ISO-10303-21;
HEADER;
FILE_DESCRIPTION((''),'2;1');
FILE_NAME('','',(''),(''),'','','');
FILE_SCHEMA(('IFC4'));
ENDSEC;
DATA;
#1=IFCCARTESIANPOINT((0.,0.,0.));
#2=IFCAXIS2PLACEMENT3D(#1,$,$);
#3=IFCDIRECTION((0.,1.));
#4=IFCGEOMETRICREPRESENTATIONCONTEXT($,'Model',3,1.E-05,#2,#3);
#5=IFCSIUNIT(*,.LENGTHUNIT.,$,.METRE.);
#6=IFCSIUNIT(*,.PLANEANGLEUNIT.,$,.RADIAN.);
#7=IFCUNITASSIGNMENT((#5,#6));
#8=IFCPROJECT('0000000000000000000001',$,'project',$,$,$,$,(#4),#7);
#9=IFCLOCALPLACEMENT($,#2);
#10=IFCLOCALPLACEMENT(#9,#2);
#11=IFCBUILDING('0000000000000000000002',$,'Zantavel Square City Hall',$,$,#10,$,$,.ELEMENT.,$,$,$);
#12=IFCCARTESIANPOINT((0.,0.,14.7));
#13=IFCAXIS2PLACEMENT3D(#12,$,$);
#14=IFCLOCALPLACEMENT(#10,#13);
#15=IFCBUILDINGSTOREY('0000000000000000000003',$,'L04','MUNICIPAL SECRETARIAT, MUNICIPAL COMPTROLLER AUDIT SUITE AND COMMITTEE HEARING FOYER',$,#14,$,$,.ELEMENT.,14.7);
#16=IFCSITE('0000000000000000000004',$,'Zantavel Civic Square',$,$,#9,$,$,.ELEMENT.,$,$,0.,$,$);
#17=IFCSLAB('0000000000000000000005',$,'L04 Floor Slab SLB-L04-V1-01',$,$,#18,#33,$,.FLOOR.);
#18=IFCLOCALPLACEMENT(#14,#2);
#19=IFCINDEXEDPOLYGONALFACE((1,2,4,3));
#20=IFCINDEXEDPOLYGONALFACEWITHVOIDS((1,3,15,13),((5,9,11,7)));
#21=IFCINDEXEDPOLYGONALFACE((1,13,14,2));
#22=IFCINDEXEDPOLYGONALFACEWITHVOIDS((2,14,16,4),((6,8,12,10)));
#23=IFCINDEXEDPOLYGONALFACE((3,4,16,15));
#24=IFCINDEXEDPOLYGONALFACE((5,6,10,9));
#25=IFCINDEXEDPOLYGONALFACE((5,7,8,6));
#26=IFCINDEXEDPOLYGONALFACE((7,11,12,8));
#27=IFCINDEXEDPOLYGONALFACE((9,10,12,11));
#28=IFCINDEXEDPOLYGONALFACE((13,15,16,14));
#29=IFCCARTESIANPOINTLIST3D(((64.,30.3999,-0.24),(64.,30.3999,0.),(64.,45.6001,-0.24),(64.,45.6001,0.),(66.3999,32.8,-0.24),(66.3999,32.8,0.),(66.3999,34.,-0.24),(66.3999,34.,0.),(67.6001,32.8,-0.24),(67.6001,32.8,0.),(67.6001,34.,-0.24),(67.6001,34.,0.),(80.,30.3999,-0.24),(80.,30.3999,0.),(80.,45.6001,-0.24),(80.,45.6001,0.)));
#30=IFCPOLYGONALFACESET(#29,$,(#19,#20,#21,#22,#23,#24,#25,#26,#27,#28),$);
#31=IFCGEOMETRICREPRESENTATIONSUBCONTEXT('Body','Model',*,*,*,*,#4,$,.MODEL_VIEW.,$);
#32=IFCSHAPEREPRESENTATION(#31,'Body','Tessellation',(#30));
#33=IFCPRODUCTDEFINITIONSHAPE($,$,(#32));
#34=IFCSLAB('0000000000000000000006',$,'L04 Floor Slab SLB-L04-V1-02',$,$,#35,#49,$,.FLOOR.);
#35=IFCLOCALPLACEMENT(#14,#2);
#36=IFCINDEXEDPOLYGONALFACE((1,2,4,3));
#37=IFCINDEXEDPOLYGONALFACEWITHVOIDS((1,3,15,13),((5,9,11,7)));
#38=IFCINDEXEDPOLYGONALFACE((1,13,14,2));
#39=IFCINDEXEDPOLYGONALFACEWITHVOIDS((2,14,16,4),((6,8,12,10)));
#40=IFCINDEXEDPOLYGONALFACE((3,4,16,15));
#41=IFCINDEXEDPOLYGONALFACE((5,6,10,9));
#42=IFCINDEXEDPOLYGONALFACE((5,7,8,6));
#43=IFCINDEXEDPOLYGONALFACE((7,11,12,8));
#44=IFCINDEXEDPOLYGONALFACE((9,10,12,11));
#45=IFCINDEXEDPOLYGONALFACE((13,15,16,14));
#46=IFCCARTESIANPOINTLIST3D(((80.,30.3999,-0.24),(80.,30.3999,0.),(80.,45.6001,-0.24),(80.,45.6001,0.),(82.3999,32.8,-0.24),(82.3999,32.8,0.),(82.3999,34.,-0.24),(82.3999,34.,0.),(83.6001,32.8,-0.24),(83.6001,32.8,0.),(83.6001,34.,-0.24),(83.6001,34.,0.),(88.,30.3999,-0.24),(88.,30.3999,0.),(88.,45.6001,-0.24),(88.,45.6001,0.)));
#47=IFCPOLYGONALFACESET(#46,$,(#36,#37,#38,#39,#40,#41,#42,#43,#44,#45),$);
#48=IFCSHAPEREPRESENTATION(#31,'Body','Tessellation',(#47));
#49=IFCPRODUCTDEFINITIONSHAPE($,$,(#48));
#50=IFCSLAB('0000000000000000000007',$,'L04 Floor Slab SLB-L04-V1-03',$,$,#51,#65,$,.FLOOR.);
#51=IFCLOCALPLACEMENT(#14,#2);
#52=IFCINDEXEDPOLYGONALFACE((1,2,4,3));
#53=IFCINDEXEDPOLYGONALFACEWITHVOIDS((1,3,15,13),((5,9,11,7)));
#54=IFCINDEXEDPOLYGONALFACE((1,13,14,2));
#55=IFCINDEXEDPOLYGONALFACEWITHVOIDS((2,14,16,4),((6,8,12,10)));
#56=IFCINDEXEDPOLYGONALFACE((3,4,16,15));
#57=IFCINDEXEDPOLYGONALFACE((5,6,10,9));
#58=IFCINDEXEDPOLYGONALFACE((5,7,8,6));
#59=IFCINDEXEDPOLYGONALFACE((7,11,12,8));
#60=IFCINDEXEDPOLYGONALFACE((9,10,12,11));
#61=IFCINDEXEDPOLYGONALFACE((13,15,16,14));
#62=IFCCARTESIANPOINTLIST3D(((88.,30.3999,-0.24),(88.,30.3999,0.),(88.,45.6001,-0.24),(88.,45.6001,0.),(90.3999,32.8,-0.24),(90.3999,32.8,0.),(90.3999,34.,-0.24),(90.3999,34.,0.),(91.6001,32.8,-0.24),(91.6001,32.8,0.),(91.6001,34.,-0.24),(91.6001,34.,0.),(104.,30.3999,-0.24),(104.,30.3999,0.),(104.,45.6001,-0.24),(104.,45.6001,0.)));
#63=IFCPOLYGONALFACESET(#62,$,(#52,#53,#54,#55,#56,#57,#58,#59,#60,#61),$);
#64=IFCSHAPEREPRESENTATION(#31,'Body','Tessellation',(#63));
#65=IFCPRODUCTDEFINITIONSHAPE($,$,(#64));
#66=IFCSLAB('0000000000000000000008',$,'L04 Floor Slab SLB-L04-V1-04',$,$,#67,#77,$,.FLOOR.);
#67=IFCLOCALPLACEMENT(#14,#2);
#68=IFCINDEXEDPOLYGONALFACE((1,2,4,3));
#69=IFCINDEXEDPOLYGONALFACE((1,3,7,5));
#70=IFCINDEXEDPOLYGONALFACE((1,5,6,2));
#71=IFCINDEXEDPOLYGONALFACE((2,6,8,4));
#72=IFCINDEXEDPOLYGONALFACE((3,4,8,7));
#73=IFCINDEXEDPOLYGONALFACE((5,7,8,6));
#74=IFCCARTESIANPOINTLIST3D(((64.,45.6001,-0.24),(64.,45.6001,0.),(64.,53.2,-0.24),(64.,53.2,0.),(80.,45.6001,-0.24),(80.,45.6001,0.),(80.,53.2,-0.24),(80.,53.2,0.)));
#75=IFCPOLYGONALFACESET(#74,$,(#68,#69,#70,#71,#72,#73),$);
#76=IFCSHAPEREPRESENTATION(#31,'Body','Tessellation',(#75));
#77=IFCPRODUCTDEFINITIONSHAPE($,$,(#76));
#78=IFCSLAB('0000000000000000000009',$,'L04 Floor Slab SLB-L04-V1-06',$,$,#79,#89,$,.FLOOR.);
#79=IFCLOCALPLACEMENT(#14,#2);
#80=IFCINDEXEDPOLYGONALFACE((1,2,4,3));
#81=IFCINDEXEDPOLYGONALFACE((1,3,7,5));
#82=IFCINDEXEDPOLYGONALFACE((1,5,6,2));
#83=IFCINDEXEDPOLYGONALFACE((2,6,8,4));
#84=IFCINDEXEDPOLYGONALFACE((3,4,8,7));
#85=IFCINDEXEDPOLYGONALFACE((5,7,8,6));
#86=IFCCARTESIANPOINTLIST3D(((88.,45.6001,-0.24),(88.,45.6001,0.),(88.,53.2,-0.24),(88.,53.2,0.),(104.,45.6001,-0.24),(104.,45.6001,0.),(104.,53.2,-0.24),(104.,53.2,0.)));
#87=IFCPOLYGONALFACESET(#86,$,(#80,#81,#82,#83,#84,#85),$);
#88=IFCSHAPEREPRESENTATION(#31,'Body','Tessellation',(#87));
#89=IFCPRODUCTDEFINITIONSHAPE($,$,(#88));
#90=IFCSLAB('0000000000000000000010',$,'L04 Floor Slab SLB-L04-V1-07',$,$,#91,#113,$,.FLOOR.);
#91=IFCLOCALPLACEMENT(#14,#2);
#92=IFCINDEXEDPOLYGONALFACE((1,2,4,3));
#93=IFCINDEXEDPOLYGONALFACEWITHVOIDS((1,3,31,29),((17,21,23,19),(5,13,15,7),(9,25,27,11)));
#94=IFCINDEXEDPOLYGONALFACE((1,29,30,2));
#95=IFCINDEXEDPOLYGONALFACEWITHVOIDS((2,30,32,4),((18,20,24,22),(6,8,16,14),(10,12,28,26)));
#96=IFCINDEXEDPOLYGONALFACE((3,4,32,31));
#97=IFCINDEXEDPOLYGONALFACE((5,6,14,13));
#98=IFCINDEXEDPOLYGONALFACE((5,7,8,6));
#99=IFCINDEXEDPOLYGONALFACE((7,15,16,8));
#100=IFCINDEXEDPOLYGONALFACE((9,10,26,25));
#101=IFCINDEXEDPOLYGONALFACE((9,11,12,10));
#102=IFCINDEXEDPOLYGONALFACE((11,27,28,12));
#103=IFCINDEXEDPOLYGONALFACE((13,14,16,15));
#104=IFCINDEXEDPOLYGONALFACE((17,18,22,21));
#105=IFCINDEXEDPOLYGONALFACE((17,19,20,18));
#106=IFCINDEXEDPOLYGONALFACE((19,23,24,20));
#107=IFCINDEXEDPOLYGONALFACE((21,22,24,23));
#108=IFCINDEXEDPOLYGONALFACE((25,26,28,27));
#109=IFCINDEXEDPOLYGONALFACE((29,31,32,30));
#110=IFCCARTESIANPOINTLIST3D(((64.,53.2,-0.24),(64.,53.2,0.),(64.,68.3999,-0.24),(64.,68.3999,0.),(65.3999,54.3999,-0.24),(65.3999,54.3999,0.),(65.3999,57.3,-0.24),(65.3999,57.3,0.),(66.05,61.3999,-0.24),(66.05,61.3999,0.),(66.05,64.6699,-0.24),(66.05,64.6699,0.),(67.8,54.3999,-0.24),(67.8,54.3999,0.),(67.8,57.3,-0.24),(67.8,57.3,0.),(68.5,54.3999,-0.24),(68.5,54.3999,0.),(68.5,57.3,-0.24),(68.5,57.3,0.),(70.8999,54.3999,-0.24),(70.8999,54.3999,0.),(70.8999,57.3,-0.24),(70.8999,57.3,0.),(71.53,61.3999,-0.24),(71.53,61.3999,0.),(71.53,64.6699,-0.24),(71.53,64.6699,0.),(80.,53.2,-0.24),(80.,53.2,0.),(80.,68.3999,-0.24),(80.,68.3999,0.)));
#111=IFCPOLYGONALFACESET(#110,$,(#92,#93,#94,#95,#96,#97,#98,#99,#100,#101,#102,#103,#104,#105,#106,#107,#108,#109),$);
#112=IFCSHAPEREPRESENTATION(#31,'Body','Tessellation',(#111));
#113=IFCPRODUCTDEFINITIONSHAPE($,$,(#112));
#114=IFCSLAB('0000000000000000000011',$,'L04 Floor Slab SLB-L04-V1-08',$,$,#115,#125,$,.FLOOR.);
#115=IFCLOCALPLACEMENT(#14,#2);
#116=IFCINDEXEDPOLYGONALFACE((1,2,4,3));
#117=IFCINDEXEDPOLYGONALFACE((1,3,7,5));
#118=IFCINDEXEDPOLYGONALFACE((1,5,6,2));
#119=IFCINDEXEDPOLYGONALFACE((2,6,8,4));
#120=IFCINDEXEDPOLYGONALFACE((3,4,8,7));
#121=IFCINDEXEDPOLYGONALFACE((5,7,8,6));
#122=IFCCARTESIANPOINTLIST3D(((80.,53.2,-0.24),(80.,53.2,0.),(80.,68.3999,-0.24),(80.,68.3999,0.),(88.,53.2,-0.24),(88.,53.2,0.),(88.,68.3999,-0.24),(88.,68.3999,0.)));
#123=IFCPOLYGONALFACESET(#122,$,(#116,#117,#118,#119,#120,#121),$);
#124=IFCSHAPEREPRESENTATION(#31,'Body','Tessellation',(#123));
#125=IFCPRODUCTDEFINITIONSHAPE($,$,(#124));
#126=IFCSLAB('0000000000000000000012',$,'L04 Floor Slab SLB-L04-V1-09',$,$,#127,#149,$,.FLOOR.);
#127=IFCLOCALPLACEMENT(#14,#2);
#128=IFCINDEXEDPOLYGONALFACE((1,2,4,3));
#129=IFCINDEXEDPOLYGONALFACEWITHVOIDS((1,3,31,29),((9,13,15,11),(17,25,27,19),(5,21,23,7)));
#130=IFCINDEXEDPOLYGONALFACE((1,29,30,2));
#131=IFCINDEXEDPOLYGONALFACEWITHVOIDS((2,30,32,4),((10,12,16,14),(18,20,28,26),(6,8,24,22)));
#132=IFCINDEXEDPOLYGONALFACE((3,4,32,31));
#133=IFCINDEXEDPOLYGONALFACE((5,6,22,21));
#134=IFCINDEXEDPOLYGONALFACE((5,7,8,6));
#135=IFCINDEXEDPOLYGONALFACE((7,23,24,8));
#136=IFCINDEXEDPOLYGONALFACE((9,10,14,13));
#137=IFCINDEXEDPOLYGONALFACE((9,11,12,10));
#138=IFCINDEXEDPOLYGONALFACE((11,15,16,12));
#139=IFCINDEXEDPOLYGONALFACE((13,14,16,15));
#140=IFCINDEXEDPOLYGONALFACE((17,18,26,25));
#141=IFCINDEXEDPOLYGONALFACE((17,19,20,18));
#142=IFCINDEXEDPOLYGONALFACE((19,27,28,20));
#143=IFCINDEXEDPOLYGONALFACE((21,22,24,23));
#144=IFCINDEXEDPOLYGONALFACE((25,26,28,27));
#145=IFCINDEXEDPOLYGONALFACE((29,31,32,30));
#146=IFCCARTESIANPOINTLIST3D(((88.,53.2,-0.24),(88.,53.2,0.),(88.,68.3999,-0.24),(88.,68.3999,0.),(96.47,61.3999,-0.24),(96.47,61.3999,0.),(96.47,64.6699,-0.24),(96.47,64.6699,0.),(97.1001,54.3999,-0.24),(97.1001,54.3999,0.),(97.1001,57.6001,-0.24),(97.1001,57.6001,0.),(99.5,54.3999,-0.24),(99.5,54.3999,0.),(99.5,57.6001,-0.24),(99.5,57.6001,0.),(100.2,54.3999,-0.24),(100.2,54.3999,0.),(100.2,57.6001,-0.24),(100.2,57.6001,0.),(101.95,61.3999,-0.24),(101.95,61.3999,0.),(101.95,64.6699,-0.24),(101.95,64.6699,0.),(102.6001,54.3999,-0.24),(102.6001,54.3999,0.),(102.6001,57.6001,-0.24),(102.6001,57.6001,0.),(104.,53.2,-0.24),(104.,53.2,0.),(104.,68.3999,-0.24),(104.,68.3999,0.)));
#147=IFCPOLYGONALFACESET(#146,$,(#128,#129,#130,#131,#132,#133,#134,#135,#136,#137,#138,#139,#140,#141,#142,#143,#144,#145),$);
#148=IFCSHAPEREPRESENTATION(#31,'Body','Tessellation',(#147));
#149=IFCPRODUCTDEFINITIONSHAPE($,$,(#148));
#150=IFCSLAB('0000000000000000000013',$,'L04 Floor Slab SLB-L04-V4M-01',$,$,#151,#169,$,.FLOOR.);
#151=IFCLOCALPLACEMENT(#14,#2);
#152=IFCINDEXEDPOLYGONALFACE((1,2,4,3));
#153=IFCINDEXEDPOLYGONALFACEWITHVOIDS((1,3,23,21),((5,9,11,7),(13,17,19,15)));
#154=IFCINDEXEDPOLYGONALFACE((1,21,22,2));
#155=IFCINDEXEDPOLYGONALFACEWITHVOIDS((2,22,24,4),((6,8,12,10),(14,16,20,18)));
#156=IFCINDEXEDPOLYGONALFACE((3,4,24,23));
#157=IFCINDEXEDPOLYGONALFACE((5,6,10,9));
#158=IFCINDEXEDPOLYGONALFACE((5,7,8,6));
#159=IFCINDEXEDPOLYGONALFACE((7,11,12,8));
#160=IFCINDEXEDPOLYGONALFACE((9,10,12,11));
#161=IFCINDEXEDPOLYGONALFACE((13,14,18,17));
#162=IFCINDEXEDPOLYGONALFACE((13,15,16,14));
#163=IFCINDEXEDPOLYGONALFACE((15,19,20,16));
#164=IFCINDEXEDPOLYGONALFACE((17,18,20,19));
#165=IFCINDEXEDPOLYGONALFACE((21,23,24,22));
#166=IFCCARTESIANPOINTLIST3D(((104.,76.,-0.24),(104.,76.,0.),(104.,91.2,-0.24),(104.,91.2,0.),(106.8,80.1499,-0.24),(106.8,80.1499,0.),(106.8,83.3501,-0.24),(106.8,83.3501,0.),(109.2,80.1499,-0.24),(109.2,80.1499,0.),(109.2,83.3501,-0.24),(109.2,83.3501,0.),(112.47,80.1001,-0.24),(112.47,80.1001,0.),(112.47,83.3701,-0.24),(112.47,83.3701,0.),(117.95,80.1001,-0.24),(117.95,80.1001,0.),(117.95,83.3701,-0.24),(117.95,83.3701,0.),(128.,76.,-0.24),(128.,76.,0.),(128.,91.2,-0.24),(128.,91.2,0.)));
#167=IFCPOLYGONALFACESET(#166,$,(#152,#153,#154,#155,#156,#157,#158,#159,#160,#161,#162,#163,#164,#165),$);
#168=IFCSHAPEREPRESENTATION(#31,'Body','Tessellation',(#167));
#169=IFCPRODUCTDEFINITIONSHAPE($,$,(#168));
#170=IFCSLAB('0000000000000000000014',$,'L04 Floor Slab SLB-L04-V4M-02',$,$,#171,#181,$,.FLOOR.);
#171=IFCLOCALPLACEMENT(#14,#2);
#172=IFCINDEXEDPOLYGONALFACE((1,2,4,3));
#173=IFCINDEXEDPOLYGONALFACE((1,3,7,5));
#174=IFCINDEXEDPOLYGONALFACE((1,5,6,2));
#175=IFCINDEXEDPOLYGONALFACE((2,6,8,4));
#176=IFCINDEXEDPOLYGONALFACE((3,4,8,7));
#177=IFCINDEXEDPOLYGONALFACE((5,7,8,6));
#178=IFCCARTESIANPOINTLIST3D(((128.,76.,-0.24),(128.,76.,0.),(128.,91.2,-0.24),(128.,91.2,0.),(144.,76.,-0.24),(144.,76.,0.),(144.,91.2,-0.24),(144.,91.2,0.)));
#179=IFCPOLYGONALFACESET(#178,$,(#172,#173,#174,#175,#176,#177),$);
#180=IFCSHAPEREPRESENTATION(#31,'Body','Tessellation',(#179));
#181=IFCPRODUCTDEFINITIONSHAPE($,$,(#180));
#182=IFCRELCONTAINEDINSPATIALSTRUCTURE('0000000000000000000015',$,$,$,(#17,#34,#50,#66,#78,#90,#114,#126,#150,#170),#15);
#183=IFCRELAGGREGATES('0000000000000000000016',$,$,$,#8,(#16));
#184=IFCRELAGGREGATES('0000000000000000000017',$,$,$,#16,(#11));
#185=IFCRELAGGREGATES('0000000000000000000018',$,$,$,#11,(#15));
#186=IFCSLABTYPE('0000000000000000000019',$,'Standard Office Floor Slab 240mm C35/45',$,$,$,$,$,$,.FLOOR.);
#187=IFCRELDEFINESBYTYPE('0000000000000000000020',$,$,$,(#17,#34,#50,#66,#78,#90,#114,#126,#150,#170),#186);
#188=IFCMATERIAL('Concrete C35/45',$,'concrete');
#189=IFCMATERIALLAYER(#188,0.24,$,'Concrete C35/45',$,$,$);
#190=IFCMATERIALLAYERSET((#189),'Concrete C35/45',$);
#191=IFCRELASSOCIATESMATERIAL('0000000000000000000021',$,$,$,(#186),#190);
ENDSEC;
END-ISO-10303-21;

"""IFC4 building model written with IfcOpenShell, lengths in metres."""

from ifc_helpers import new_model, si_unit, direction, frame, origin, place, context, subcontext, project, spatial, polyline, outline, extrude, material, layer, layer_set, type_object, element, save


model = new_model("IFC4")

# Units and contexts
model_context = context("Model", 3, precision=1e-05, world=origin(), true_north=direction((0.0, 1.0)))
body_context = subcontext(model_context, "Body", "Model", "MODEL_VIEW")
ifc_project = project(units=[si_unit("LENGTHUNIT", "METRE"), si_unit("PLANEANGLEUNIT", "RADIAN")], contexts=[model_context])

# Site, building, storey
site_placement = place(None, origin())
site = spatial("IfcSite", under=ifc_project, at=site_placement, Name="Zantavel Civic Square", CompositionType="ELEMENT", RefElevation=0.0)
building_placement = place(site_placement, origin())
building = spatial("IfcBuilding", under=site, at=building_placement, Name="Zantavel Square City Hall", CompositionType="ELEMENT")
storey_placement = place(building_placement, frame((0.0, 0.0, 14.7)))
storey = spatial("IfcBuildingStorey", under=building, at=storey_placement, Name="L04", Description="MUNICIPAL SECRETARIAT, MUNICIPAL COMPTROLLER AUDIT SUITE AND COMMITTEE HEARING FOYER", CompositionType="ELEMENT", Elevation=14.7)

# Slabs
ifc_material_1 = material(Name="Concrete C35/45", Category="concrete")
ifc_layer_1 = layer(ifc_material_1, 0.24, Name="Concrete C35/45")
ifc_layer_set_1 = layer_set([ifc_layer_1], Name="Concrete C35/45")
slab_type_1 = type_object("IfcSlabType", Name="Standard Office Floor Slab 240mm C35/45", PredefinedType="FLOOR", material=ifc_layer_set_1)
slab_1_placement = place(storey_placement, frame((0.0, 0.0, -0.24)))
element("IfcSlab", 1, at=slab_1_placement, inside=storey, type_object=slab_type_1, Name="L04 Floor Slab SLB-L04-V1-01", PredefinedType="FLOOR", context=body_context, shape_type="SweptSolid", body=[
    extrude(outline(polyline([(64.0, 45.6001), (80.0, 45.6001), (80.0, 30.3999), (64.0, 30.3999), (64.0, 45.6001)]), holes=[polyline([(67.6001, 34.0), (66.3999, 34.0), (66.3999, 32.8), (67.6001, 32.8), (67.6001, 34.0)])]), origin(), (0.0, 0.0, 1.0), 0.24),
])
slab_2_placement = place(storey_placement, frame((0.0, 0.0, -0.24)))
element("IfcSlab", 2, at=slab_2_placement, inside=storey, type_object=slab_type_1, Name="L04 Floor Slab SLB-L04-V1-02", PredefinedType="FLOOR", context=body_context, shape_type="SweptSolid", body=[
    extrude(outline(polyline([(88.0, 30.3999), (80.0, 30.3999), (80.0, 45.6001), (88.0, 45.6001), (88.0, 30.3999)]), holes=[polyline([(83.6001, 34.0), (82.3999, 34.0), (82.3999, 32.8), (83.6001, 32.8), (83.6001, 34.0)])]), origin(), (0.0, 0.0, 1.0), 0.24),
])
slab_3_placement = place(storey_placement, frame((0.0, 0.0, -0.24)))
element("IfcSlab", 3, at=slab_3_placement, inside=storey, type_object=slab_type_1, Name="L04 Floor Slab SLB-L04-V1-03", PredefinedType="FLOOR", context=body_context, shape_type="SweptSolid", body=[
    extrude(outline(polyline([(104.0, 30.3999), (88.0, 30.3999), (88.0, 45.6001), (104.0, 45.6001), (104.0, 30.3999)]), holes=[polyline([(91.6001, 34.0), (90.3999, 34.0), (90.3999, 32.8), (91.6001, 32.8), (91.6001, 34.0)])]), origin(), (0.0, 0.0, 1.0), 0.24),
])
slab_4_placement = place(storey_placement, frame((0.0, 0.0, -0.24)))
element("IfcSlab", 4, at=slab_4_placement, inside=storey, type_object=slab_type_1, Name="L04 Floor Slab SLB-L04-V1-04", PredefinedType="FLOOR", context=body_context, shape_type="SweptSolid", body=[
    extrude(outline(polyline([(80.0, 53.2), (80.0, 45.6001), (80.0, 45.6001), (64.0, 45.6001), (64.0, 53.2), (80.0, 53.2)])), origin(), (0.0, 0.0, 1.0), 0.24),
])
slab_5_placement = place(storey_placement, frame((0.0, 0.0, -0.24)))
element("IfcSlab", 5, at=slab_5_placement, inside=storey, type_object=slab_type_1, Name="L04 Floor Slab SLB-L04-V1-06", PredefinedType="FLOOR", context=body_context, shape_type="SweptSolid", body=[
    extrude(outline(polyline([(104.0, 53.2), (104.0, 45.6001), (88.0, 45.6001), (88.0, 45.6001), (88.0, 53.2), (104.0, 53.2)])), origin(), (0.0, 0.0, 1.0), 0.24),
])
slab_6_placement = place(storey_placement, frame((0.0, 0.0, -0.24)))
element("IfcSlab", 6, at=slab_6_placement, inside=storey, type_object=slab_type_1, Name="L04 Floor Slab SLB-L04-V1-07", PredefinedType="FLOOR", context=body_context, shape_type="SweptSolid", body=[
    extrude(outline(polyline([(64.0, 53.2), (64.0, 68.3999), (80.0, 68.3999), (80.0, 53.2), (80.0, 53.2), (64.0, 53.2)]), holes=[polyline([(66.05, 61.3999), (71.53, 61.3999), (71.53, 64.6699), (66.05, 64.6699), (66.05, 61.3999)]), polyline([(65.3999, 57.3), (65.3999, 54.3999), (67.8, 54.3999), (67.8, 57.3), (65.3999, 57.3)]), polyline([(70.8999, 57.3), (68.5, 57.3), (68.5, 54.3999), (70.8999, 54.3999), (70.8999, 57.3)])]), origin(), (0.0, 0.0, 1.0), 0.24),
])
slab_7_placement = place(storey_placement, frame((0.0, 0.0, -0.24)))
element("IfcSlab", 7, at=slab_7_placement, inside=storey, type_object=slab_type_1, Name="L04 Floor Slab SLB-L04-V1-08", PredefinedType="FLOOR", context=body_context, shape_type="SweptSolid", body=[
    extrude(outline(polyline([(88.0, 53.2), (80.0, 53.2), (80.0, 68.3999), (88.0, 68.3999), (88.0, 53.2)])), origin(), (0.0, 0.0, 1.0), 0.24),
])
slab_8_placement = place(storey_placement, frame((0.0, 0.0, -0.24)))
element("IfcSlab", 8, at=slab_8_placement, inside=storey, type_object=slab_type_1, Name="L04 Floor Slab SLB-L04-V1-09", PredefinedType="FLOOR", context=body_context, shape_type="SweptSolid", body=[
    extrude(outline(polyline([(88.0, 68.3999), (104.0, 68.3999), (104.0, 53.2), (88.0, 53.2), (88.0, 53.2), (88.0, 68.3999)]), holes=[polyline([(96.47, 61.3999), (101.95, 61.3999), (101.95, 64.6699), (96.47, 64.6699), (96.47, 61.3999)]), polyline([(97.1001, 57.6001), (97.1001, 54.3999), (99.5, 54.3999), (99.5, 57.6001), (97.1001, 57.6001)]), polyline([(102.6001, 57.6001), (100.2, 57.6001), (100.2, 54.3999), (102.6001, 54.3999), (102.6001, 57.6001)])]), origin(), (0.0, 0.0, 1.0), 0.24),
])
slab_9_placement = place(storey_placement, frame((0.0, 0.0, -0.24)))
element("IfcSlab", 9, at=slab_9_placement, inside=storey, type_object=slab_type_1, Name="L04 Floor Slab SLB-L04-V4M-01", PredefinedType="FLOOR", context=body_context, shape_type="SweptSolid", body=[
    extrude(outline(polyline([(128.0, 91.2), (128.0, 76.0), (104.0, 76.0), (104.0, 91.2), (128.0, 91.2)]), holes=[polyline([(112.47, 83.3701), (112.47, 80.1001), (117.95, 80.1001), (117.95, 83.3701), (112.47, 83.3701)]), polyline([(109.2, 83.3501), (106.8, 83.3501), (106.8, 80.1499), (109.2, 80.1499), (109.2, 83.3501)])]), origin(), (0.0, 0.0, 1.0), 0.24),
])
slab_10_placement = place(storey_placement, frame((0.0, 0.0, -0.24)))
element("IfcSlab", 10, at=slab_10_placement, inside=storey, type_object=slab_type_1, Name="L04 Floor Slab SLB-L04-V4M-02", PredefinedType="FLOOR", context=body_context, shape_type="SweptSolid", body=[
    extrude(outline(polyline([(144.0, 91.2), (144.0, 76.0), (128.0, 76.0), (128.0, 91.2), (144.0, 91.2)])), origin(), (0.0, 0.0, 1.0), 0.24),
])

save(model, "model.ifc")
